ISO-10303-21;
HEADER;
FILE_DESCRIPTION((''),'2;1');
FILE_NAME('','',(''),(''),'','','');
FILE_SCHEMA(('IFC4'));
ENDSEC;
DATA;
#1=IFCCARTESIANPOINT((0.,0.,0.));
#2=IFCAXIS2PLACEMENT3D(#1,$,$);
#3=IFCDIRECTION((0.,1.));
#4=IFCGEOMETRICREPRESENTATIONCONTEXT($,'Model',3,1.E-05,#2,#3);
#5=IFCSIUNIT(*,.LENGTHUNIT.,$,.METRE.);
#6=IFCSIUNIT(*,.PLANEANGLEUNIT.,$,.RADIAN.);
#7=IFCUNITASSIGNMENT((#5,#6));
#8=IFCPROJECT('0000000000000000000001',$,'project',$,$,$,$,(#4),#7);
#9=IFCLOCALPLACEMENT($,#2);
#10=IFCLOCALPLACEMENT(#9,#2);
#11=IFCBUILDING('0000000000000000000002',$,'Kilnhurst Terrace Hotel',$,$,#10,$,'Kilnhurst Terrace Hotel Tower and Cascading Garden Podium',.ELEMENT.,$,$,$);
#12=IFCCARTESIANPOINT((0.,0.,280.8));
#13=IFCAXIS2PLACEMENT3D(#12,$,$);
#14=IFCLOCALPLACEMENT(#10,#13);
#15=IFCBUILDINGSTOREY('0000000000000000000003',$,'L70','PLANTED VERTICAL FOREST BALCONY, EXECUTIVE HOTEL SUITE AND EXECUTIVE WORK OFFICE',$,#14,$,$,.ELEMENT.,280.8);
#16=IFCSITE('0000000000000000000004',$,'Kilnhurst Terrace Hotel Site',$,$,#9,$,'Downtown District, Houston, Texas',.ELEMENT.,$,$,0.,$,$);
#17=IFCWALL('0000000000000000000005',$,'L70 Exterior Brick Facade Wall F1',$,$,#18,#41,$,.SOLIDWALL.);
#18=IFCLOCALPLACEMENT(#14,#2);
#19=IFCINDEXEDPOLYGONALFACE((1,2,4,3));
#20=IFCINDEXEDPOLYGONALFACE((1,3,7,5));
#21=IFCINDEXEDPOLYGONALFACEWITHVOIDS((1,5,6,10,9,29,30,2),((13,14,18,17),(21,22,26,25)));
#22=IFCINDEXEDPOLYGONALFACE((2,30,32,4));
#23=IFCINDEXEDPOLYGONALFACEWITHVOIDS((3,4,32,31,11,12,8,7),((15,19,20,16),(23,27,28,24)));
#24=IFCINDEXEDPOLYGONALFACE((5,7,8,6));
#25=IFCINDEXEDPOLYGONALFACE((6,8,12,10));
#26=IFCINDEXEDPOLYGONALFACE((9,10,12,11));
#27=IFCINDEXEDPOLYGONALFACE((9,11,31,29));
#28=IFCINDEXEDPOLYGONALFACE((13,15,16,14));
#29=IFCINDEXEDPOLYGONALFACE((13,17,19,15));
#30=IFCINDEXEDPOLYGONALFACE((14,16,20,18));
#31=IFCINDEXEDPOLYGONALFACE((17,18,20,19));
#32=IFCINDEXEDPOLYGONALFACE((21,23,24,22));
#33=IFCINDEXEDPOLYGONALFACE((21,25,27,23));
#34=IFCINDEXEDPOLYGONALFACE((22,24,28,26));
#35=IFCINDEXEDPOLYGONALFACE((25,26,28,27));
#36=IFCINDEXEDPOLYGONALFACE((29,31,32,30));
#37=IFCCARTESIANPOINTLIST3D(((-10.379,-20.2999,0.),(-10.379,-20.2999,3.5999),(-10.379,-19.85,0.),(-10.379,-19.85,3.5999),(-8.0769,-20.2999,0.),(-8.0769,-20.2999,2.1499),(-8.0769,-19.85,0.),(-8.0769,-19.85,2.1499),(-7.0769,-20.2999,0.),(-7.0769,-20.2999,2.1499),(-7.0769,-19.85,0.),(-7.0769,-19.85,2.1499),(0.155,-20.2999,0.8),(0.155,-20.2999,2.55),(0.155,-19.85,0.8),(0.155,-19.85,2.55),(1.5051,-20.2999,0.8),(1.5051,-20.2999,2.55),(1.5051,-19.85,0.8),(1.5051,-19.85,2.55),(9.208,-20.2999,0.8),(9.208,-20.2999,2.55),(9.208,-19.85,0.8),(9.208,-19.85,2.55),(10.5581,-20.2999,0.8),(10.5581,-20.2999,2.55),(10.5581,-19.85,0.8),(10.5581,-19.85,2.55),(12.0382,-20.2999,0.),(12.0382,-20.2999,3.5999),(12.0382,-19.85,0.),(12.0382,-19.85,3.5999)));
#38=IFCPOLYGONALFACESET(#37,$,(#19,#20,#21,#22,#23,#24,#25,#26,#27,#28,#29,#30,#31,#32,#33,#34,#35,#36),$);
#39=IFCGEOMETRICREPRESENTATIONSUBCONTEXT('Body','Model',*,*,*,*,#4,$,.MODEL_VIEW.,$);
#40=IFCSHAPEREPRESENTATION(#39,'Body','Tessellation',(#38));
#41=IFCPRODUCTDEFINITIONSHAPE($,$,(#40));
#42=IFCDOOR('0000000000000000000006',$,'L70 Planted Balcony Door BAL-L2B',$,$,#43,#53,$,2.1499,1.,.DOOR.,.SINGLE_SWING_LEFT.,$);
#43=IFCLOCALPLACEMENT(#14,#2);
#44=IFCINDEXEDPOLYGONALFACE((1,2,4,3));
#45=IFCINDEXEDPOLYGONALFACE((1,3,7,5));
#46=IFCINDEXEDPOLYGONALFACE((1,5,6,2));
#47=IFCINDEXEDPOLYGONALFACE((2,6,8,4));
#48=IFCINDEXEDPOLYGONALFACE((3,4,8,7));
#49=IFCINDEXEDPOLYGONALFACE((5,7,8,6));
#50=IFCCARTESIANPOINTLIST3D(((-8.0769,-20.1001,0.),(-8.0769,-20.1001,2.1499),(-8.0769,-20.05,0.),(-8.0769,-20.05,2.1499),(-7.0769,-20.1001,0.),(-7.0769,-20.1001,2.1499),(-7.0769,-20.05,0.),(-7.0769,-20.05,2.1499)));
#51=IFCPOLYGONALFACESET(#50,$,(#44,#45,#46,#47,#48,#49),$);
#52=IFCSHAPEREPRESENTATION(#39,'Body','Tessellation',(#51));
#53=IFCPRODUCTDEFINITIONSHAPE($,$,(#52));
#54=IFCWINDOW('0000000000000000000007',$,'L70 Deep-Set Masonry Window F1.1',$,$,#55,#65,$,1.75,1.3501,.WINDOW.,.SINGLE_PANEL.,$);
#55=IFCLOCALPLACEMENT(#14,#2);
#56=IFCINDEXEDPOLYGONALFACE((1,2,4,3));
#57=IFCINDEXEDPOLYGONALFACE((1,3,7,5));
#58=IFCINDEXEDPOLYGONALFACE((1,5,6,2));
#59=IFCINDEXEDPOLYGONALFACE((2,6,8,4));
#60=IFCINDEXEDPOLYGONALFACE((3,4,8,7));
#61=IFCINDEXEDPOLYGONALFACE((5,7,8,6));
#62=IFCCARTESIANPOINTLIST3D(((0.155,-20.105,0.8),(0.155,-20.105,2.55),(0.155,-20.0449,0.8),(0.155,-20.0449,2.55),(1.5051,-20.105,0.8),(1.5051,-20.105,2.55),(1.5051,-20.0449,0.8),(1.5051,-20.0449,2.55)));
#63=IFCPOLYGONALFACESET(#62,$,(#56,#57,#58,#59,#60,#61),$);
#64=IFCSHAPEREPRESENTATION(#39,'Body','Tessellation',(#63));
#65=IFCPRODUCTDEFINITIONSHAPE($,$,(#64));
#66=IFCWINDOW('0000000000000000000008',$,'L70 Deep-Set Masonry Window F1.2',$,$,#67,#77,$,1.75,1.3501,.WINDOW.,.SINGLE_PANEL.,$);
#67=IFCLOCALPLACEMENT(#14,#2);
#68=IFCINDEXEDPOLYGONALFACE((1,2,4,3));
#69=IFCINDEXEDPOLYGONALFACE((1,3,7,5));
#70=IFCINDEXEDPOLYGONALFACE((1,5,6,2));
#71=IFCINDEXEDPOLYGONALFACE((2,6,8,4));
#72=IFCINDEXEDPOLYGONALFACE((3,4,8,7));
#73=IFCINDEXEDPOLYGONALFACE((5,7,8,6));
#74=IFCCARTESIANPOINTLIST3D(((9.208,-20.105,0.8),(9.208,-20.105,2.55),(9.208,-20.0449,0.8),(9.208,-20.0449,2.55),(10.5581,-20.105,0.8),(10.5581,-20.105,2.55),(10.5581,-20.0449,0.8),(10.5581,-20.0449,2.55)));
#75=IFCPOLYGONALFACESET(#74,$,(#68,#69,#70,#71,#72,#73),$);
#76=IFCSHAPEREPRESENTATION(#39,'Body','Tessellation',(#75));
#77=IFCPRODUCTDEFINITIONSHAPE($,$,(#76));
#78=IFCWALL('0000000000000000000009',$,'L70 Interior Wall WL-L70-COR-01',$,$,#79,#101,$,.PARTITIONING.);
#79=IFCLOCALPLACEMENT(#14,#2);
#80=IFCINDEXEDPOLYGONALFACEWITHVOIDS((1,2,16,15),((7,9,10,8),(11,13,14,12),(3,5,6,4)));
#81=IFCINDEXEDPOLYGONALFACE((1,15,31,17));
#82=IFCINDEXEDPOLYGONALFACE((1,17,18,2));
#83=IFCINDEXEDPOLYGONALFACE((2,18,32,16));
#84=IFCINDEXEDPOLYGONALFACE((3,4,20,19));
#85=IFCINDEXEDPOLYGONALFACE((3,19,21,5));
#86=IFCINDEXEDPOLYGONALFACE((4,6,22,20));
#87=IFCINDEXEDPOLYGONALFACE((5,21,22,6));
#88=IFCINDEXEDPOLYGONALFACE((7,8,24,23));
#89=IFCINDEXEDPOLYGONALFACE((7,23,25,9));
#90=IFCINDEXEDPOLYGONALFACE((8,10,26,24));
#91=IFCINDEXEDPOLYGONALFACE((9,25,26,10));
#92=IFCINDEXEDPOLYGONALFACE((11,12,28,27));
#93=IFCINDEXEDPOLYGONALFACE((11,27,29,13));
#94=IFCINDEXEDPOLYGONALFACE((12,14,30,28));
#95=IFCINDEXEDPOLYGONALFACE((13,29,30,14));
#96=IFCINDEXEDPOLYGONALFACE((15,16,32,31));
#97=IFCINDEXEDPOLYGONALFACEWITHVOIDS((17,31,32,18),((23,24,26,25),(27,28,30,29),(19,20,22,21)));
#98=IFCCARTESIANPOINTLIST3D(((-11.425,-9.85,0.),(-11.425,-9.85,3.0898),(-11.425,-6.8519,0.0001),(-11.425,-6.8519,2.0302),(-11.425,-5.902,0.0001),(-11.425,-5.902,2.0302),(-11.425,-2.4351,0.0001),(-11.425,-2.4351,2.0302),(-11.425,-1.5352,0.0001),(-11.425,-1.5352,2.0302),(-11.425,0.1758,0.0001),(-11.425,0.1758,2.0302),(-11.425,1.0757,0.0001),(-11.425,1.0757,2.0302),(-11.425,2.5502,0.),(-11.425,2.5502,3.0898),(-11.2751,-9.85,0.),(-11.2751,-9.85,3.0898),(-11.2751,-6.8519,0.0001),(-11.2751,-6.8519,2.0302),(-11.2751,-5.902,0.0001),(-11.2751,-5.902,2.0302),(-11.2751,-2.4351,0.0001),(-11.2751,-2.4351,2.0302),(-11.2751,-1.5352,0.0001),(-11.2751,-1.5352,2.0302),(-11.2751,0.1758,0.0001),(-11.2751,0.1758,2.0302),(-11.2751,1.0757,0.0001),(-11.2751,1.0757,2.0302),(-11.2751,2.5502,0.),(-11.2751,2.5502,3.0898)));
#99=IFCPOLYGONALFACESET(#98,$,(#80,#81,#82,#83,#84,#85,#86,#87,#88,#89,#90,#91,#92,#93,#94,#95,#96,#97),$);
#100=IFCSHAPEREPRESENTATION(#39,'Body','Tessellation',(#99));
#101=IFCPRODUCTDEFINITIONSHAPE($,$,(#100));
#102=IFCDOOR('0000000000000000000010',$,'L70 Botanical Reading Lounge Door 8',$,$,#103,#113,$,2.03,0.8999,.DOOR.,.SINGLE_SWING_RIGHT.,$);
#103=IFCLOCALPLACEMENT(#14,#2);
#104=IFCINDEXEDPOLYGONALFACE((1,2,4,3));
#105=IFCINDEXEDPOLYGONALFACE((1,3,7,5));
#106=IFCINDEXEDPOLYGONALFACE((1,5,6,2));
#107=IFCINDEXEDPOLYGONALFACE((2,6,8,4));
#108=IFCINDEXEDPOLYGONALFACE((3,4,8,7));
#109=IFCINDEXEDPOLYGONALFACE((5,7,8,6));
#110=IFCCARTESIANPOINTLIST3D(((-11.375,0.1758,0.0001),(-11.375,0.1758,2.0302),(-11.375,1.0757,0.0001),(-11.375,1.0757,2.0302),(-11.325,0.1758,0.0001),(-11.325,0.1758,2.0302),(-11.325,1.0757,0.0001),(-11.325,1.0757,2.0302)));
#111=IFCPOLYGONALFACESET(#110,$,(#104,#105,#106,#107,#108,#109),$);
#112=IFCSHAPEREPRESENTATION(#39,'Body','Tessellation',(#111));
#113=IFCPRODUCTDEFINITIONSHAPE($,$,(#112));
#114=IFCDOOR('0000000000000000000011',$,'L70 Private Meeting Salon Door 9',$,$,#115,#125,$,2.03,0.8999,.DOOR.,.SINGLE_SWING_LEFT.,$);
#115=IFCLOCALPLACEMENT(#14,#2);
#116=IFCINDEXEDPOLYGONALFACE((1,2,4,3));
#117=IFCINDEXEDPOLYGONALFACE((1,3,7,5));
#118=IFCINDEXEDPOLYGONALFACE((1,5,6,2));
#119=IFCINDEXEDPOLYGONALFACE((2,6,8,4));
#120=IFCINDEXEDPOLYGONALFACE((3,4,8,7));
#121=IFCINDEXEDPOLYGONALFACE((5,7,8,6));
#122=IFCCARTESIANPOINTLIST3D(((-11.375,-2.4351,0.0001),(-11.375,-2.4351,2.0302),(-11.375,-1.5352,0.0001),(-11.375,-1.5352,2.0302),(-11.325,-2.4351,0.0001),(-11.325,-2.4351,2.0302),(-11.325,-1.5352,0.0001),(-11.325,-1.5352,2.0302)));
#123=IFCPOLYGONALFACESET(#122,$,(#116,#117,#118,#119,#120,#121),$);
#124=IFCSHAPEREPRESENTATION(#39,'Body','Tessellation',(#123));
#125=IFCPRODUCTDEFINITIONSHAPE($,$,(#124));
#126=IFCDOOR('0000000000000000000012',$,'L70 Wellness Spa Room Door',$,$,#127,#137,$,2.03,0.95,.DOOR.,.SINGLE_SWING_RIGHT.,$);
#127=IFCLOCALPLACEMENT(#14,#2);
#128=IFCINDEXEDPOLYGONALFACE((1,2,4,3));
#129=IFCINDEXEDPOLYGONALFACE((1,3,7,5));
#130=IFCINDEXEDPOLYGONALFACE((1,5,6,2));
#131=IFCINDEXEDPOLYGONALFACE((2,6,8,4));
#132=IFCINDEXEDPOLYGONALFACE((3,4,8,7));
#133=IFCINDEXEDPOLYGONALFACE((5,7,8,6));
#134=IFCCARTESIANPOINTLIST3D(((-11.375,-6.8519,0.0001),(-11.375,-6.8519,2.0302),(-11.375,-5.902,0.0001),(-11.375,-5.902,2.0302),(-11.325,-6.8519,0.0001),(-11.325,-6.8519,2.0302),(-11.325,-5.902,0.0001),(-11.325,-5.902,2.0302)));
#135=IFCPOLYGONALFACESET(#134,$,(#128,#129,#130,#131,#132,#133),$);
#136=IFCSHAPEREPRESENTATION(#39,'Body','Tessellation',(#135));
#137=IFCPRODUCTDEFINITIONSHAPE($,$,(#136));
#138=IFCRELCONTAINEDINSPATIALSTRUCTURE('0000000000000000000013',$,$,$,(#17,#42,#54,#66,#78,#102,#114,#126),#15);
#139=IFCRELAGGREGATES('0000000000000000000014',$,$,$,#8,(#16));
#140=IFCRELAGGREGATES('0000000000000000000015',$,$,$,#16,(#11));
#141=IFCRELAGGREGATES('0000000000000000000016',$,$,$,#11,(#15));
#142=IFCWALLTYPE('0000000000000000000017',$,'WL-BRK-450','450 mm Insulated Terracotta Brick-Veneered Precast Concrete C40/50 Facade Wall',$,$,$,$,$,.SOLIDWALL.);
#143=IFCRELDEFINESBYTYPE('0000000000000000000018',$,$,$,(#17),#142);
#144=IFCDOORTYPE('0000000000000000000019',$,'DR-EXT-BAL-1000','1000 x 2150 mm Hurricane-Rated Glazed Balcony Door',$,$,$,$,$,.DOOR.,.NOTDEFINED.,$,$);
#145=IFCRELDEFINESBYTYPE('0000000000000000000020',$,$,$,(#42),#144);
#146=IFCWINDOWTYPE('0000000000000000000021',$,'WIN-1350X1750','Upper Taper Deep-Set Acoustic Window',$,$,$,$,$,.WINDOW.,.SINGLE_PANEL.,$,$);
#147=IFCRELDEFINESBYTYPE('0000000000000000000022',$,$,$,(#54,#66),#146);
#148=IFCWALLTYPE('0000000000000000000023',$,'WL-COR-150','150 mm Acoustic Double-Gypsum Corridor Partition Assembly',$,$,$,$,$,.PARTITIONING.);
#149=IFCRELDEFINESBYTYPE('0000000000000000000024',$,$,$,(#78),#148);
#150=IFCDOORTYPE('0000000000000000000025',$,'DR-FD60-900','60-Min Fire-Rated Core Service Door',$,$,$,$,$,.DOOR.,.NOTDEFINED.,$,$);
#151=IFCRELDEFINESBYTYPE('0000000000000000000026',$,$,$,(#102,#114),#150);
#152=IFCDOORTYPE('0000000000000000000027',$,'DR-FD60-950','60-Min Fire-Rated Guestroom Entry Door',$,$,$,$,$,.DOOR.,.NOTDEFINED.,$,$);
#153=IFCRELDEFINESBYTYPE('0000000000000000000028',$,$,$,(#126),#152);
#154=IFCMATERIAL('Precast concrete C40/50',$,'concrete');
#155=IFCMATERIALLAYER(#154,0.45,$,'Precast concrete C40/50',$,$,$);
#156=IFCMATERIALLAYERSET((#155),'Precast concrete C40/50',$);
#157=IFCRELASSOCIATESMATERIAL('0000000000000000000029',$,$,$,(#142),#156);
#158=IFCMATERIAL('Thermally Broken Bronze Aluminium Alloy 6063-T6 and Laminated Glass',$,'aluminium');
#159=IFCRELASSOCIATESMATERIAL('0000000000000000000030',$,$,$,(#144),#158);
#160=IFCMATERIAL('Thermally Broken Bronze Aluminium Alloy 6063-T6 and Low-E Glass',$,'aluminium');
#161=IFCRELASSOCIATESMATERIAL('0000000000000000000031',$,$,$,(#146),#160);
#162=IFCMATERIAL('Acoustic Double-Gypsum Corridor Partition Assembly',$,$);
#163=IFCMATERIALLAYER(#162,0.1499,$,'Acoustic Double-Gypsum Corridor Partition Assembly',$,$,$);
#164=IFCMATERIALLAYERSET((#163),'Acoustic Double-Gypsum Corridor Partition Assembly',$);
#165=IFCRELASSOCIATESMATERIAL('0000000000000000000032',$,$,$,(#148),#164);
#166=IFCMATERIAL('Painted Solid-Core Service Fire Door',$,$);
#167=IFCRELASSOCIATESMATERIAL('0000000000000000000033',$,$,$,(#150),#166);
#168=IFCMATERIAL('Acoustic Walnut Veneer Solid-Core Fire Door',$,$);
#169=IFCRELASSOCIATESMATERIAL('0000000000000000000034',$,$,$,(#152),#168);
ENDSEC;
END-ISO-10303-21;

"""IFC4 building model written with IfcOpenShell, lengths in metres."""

from ifc_helpers import new_model, si_unit, direction, frame, frame_2d, origin, place, context, subcontext, project, spatial, rectangle, extrude, material, layer, layer_set, type_object, element, fill, save


model = new_model("IFC4")

# Units and contexts
model_context = context("Model", 3, precision=1e-05, world=origin(), true_north=direction((0.0, 1.0)))
body_context = subcontext(model_context, "Body", "Model", "MODEL_VIEW")
ifc_project = project(units=[si_unit("LENGTHUNIT", "METRE"), si_unit("PLANEANGLEUNIT", "RADIAN")], contexts=[model_context])

# Site, building, storey
site_placement = place(None, origin())
site = spatial("IfcSite", under=ifc_project, at=site_placement, Name="Kilnhurst Terrace Hotel Site", LongName="Downtown District, Houston, Texas", CompositionType="ELEMENT", RefElevation=0.0)
building_placement = place(site_placement, origin())
building = spatial("IfcBuilding", under=site, at=building_placement, Name="Kilnhurst Terrace Hotel", LongName="Kilnhurst Terrace Hotel Tower and Cascading Garden Podium", CompositionType="ELEMENT")
storey_placement = place(building_placement, frame((0.0, 0.0, 280.8)))
storey = spatial("IfcBuildingStorey", under=building, at=storey_placement, Name="L70", Description="PLANTED VERTICAL FOREST BALCONY, EXECUTIVE HOTEL SUITE AND EXECUTIVE WORK OFFICE", CompositionType="ELEMENT", Elevation=280.8)

# Shared definitions
ifc_material_1 = material(Name="Precast concrete C40/50", Category="concrete")
ifc_layer_1 = layer(ifc_material_1, 0.45, Name="Precast concrete C40/50")
ifc_layer_set_1 = layer_set([ifc_layer_1], Name="Precast concrete C40/50")
wall_type_1 = type_object("IfcWallType", Name="WL-BRK-450", Description="450 mm Insulated Terracotta Brick-Veneered Precast Concrete C40/50 Facade Wall", PredefinedType="SOLIDWALL", material=ifc_layer_set_1)

# Wall, openings, door, windows
wall_1_placement = place(storey_placement, frame((-10.3789, -20.075, 0.0), z_axis=(0.0, 0.0, 1.0), x_axis=(1.0, 0.0, 0.0)))
wall_1 = element("IfcWall", 1, at=wall_1_placement, inside=storey, type_object=wall_type_1, Name="L70 Exterior Brick Facade Wall F1", PredefinedType="SOLIDWALL", context=body_context, shape_type="SweptSolid", body=[
    extrude(rectangle(XDim=22.4172, YDim=0.45, at=frame_2d((11.2085, 0.0))), origin(), (0.0, 0.0, 1.0), 3.5999),
])
opening_1_placement = place(wall_1_placement, frame((2.302, 0.0, 0.0)))
opening_1 = element("IfcOpeningElement", 2, at=opening_1_placement, cuts=wall_1, PredefinedType="OPENING", context=body_context, shape_type="SweptSolid", body=[
    extrude(rectangle(XDim=1.0, YDim=2.1499, at=frame_2d((0.5, 1.075))), frame((0.0, 0.2349, 0.0), z_axis=(0.0, -1.0, 0.0), x_axis=(1.0, 0.0, 0.0)), (0.0, 0.0, 1.0), 0.47),
])
opening_2_placement = place(wall_1_placement, frame((10.5339, 0.0, 0.8)))
opening_2 = element("IfcOpeningElement", 3, at=opening_2_placement, cuts=wall_1, PredefinedType="OPENING", context=body_context, shape_type="SweptSolid", body=[
    extrude(rectangle(XDim=1.3501, YDim=1.75, at=frame_2d((0.675, 0.875))), frame((0.0, 0.2349, 0.0), z_axis=(0.0, -1.0, 0.0), x_axis=(1.0, 0.0, 0.0)), (0.0, 0.0, 1.0), 0.47),
])
opening_3_placement = place(wall_1_placement, frame((19.5869, 0.0, 0.8)))
opening_3 = element("IfcOpeningElement", 4, at=opening_3_placement, cuts=wall_1, PredefinedType="OPENING", context=body_context, shape_type="SweptSolid", body=[
    extrude(rectangle(XDim=1.3501, YDim=1.75, at=frame_2d((0.675, 0.875))), frame((0.0, 0.2349, 0.0), z_axis=(0.0, -1.0, 0.0), x_axis=(1.0, 0.0, 0.0)), (0.0, 0.0, 1.0), 0.47),
])
ifc_material_2 = material(Name="Thermally Broken Bronze Aluminium Alloy 6063-T6 and Laminated Glass", Category="aluminium")
door_type_1 = type_object("IfcDoorType", Name="DR-EXT-BAL-1000", Description="1000 x 2150 mm Hurricane-Rated Glazed Balcony Door", OperationType="NOTDEFINED", PredefinedType="DOOR", material=ifc_material_2)
door_1_placement = place(opening_1_placement, origin())
door_1 = element("IfcDoor", 5, at=door_1_placement, inside=storey, type_object=door_type_1, Name="L70 Planted Balcony Door BAL-L2B", OperationType="SINGLE_SWING_LEFT", OverallHeight=2.1499, OverallWidth=1.0, PredefinedType="DOOR", context=body_context, shape_type="SweptSolid", body=[
    extrude(rectangle(XDim=1.0, YDim=2.1499, at=frame_2d((0.5, 1.075))), frame((0.0, 0.0249, 0.0), z_axis=(0.0, -1.0, 0.0), x_axis=(1.0, 0.0, 0.0)), (0.0, 0.0, 1.0), 0.05),
])
fill(opening_1, door_1)
ifc_material_3 = material(Name="Thermally Broken Bronze Aluminium Alloy 6063-T6 and Low-E Glass", Category="aluminium")
window_type = type_object("IfcWindowType", Name="WIN-1350X1750", Description="Upper Taper Deep-Set Acoustic Window", PartitioningType="SINGLE_PANEL", PredefinedType="WINDOW", material=ifc_material_3)
window_1_placement = place(opening_2_placement, origin())
window_1 = element("IfcWindow", 6, at=window_1_placement, inside=storey, type_object=window_type, Name="L70 Deep-Set Masonry Window F1.1", OverallHeight=1.75, OverallWidth=1.3501, PartitioningType="SINGLE_PANEL", PredefinedType="WINDOW", context=body_context, shape_type="SweptSolid", body=[
    extrude(rectangle(XDim=1.3501, YDim=1.75, at=frame_2d((0.675, 0.875))), frame((0.0, 0.03, 0.0), z_axis=(0.0, -1.0, 0.0), x_axis=(1.0, 0.0, 0.0)), (0.0, 0.0, 1.0), 0.0601),
])
fill(opening_2, window_1)
window_2_placement = place(opening_3_placement, origin())
window_2 = element("IfcWindow", 7, at=window_2_placement, inside=storey, type_object=window_type, Name="L70 Deep-Set Masonry Window F1.2", OverallHeight=1.75, OverallWidth=1.3501, PartitioningType="SINGLE_PANEL", PredefinedType="WINDOW", context=body_context, shape_type="SweptSolid", body=[
    extrude(rectangle(XDim=1.3501, YDim=1.75, at=frame_2d((0.675, 0.875))), frame((0.0, 0.03, 0.0), z_axis=(0.0, -1.0, 0.0), x_axis=(1.0, 0.0, 0.0)), (0.0, 0.0, 1.0), 0.0601),
])
fill(opening_3, window_2)

# Wall, openings, doors
ifc_material_4 = material(Name="Acoustic Double-Gypsum Corridor Partition Assembly")
ifc_layer_2 = layer(ifc_material_4, 0.1499, Name="Acoustic Double-Gypsum Corridor Partition Assembly")
ifc_layer_set_2 = layer_set([ifc_layer_2], Name="Acoustic Double-Gypsum Corridor Partition Assembly")
wall_type_2 = type_object("IfcWallType", Name="WL-COR-150", Description="150 mm Acoustic Double-Gypsum Corridor Partition Assembly", PredefinedType="PARTITIONING", material=ifc_layer_set_2)
wall_2_placement = place(storey_placement, frame((-11.3501, -9.8501, 0.0), z_axis=(0.0, 0.0, 1.0), x_axis=(0.0, 1.0, 0.0)))
wall_2 = element("IfcWall", 8, at=wall_2_placement, inside=storey, type_object=wall_type_2, Name="L70 Interior Wall WL-L70-COR-01", PredefinedType="PARTITIONING", context=body_context, shape_type="SweptSolid", body=[
    extrude(rectangle(XDim=12.4001, YDim=0.1499, at=frame_2d((6.2002, 0.0))), origin(), (0.0, 0.0, 1.0), 3.0898),
])
opening_4_placement = place(wall_2_placement, frame((10.0259, 0.0, 0.0)))
opening_4 = element("IfcOpeningElement", 9, at=opening_4_placement, cuts=wall_2, PredefinedType="OPENING", context=body_context, shape_type="SweptSolid", body=[
    extrude(rectangle(XDim=0.8999, YDim=2.03, at=frame_2d((0.45, 1.0151))), frame((0.0, 0.085, 0.0), z_axis=(0.0, -1.0, 0.0), x_axis=(1.0, 0.0, 0.0)), (0.0, 0.0, 1.0), 0.1699),
])
opening_5_placement = place(wall_2_placement, frame((7.415, 0.0, 0.0)))
opening_5 = element("IfcOpeningElement", 10, at=opening_5_placement, cuts=wall_2, PredefinedType="OPENING", context=body_context, shape_type="SweptSolid", body=[
    extrude(rectangle(XDim=0.8999, YDim=2.03, at=frame_2d((0.45, 1.0151))), frame((0.0, 0.085, 0.0), z_axis=(0.0, -1.0, 0.0), x_axis=(1.0, 0.0, 0.0)), (0.0, 0.0, 1.0), 0.1699),
])
opening_6_placement = place(wall_2_placement, frame((2.998, 0.0, 0.0)))
opening_6 = element("IfcOpeningElement", 11, at=opening_6_placement, cuts=wall_2, PredefinedType="OPENING", context=body_context, shape_type="SweptSolid", body=[
    extrude(rectangle(XDim=0.95, YDim=2.03, at=frame_2d((0.4751, 1.0151))), frame((0.0, 0.085, 0.0), z_axis=(0.0, -1.0, 0.0), x_axis=(1.0, 0.0, 0.0)), (0.0, 0.0, 1.0), 0.1699),
])
ifc_material_5 = material(Name="Painted Solid-Core Service Fire Door")
door_type_2 = type_object("IfcDoorType", Name="DR-FD60-900", Description="60-Min Fire-Rated Core Service Door", OperationType="NOTDEFINED", PredefinedType="DOOR", material=ifc_material_5)
door_2_placement = place(opening_4_placement, origin())
door_2 = element("IfcDoor", 12, at=door_2_placement, inside=storey, type_object=door_type_2, Name="L70 Botanical Reading Lounge Door 8", OperationType="SINGLE_SWING_RIGHT", OverallHeight=2.03, OverallWidth=0.8999, PredefinedType="DOOR", context=body_context, shape_type="SweptSolid", body=[
    extrude(rectangle(XDim=0.8999, YDim=2.03, at=frame_2d((0.45, 1.0151))), frame((0.0, 0.0249, 0.0), z_axis=(0.0, -1.0, 0.0), x_axis=(1.0, 0.0, 0.0)), (0.0, 0.0, 1.0), 0.05),
])
fill(opening_4, door_2)
door_3_placement = place(opening_5_placement, origin())
door_3 = element("IfcDoor", 13, at=door_3_placement, inside=storey, type_object=door_type_2, Name="L70 Private Meeting Salon Door 9", OperationType="SINGLE_SWING_LEFT", OverallHeight=2.03, OverallWidth=0.8999, PredefinedType="DOOR", context=body_context, shape_type="SweptSolid", body=[
    extrude(rectangle(XDim=0.8999, YDim=2.03, at=frame_2d((0.45, 1.0151))), frame((0.0, 0.0249, 0.0), z_axis=(0.0, -1.0, 0.0), x_axis=(1.0, 0.0, 0.0)), (0.0, 0.0, 1.0), 0.05),
])
fill(opening_5, door_3)
ifc_material_6 = material(Name="Acoustic Walnut Veneer Solid-Core Fire Door")
door_type_3 = type_object("IfcDoorType", Name="DR-FD60-950", Description="60-Min Fire-Rated Guestroom Entry Door", OperationType="NOTDEFINED", PredefinedType="DOOR", material=ifc_material_6)
door_4_placement = place(opening_6_placement, origin())
door_4 = element("IfcDoor", 14, at=door_4_placement, inside=storey, type_object=door_type_3, Name="L70 Wellness Spa Room Door", OperationType="SINGLE_SWING_RIGHT", OverallHeight=2.03, OverallWidth=0.95, PredefinedType="DOOR", context=body_context, shape_type="SweptSolid", body=[
    extrude(rectangle(XDim=0.95, YDim=2.03, at=frame_2d((0.4751, 1.0151))), frame((0.0, 0.0249, 0.0), z_axis=(0.0, -1.0, 0.0), x_axis=(1.0, 0.0, 0.0)), (0.0, 0.0, 1.0), 0.05),
])
fill(opening_6, door_4)

save(model, "model.ifc")
